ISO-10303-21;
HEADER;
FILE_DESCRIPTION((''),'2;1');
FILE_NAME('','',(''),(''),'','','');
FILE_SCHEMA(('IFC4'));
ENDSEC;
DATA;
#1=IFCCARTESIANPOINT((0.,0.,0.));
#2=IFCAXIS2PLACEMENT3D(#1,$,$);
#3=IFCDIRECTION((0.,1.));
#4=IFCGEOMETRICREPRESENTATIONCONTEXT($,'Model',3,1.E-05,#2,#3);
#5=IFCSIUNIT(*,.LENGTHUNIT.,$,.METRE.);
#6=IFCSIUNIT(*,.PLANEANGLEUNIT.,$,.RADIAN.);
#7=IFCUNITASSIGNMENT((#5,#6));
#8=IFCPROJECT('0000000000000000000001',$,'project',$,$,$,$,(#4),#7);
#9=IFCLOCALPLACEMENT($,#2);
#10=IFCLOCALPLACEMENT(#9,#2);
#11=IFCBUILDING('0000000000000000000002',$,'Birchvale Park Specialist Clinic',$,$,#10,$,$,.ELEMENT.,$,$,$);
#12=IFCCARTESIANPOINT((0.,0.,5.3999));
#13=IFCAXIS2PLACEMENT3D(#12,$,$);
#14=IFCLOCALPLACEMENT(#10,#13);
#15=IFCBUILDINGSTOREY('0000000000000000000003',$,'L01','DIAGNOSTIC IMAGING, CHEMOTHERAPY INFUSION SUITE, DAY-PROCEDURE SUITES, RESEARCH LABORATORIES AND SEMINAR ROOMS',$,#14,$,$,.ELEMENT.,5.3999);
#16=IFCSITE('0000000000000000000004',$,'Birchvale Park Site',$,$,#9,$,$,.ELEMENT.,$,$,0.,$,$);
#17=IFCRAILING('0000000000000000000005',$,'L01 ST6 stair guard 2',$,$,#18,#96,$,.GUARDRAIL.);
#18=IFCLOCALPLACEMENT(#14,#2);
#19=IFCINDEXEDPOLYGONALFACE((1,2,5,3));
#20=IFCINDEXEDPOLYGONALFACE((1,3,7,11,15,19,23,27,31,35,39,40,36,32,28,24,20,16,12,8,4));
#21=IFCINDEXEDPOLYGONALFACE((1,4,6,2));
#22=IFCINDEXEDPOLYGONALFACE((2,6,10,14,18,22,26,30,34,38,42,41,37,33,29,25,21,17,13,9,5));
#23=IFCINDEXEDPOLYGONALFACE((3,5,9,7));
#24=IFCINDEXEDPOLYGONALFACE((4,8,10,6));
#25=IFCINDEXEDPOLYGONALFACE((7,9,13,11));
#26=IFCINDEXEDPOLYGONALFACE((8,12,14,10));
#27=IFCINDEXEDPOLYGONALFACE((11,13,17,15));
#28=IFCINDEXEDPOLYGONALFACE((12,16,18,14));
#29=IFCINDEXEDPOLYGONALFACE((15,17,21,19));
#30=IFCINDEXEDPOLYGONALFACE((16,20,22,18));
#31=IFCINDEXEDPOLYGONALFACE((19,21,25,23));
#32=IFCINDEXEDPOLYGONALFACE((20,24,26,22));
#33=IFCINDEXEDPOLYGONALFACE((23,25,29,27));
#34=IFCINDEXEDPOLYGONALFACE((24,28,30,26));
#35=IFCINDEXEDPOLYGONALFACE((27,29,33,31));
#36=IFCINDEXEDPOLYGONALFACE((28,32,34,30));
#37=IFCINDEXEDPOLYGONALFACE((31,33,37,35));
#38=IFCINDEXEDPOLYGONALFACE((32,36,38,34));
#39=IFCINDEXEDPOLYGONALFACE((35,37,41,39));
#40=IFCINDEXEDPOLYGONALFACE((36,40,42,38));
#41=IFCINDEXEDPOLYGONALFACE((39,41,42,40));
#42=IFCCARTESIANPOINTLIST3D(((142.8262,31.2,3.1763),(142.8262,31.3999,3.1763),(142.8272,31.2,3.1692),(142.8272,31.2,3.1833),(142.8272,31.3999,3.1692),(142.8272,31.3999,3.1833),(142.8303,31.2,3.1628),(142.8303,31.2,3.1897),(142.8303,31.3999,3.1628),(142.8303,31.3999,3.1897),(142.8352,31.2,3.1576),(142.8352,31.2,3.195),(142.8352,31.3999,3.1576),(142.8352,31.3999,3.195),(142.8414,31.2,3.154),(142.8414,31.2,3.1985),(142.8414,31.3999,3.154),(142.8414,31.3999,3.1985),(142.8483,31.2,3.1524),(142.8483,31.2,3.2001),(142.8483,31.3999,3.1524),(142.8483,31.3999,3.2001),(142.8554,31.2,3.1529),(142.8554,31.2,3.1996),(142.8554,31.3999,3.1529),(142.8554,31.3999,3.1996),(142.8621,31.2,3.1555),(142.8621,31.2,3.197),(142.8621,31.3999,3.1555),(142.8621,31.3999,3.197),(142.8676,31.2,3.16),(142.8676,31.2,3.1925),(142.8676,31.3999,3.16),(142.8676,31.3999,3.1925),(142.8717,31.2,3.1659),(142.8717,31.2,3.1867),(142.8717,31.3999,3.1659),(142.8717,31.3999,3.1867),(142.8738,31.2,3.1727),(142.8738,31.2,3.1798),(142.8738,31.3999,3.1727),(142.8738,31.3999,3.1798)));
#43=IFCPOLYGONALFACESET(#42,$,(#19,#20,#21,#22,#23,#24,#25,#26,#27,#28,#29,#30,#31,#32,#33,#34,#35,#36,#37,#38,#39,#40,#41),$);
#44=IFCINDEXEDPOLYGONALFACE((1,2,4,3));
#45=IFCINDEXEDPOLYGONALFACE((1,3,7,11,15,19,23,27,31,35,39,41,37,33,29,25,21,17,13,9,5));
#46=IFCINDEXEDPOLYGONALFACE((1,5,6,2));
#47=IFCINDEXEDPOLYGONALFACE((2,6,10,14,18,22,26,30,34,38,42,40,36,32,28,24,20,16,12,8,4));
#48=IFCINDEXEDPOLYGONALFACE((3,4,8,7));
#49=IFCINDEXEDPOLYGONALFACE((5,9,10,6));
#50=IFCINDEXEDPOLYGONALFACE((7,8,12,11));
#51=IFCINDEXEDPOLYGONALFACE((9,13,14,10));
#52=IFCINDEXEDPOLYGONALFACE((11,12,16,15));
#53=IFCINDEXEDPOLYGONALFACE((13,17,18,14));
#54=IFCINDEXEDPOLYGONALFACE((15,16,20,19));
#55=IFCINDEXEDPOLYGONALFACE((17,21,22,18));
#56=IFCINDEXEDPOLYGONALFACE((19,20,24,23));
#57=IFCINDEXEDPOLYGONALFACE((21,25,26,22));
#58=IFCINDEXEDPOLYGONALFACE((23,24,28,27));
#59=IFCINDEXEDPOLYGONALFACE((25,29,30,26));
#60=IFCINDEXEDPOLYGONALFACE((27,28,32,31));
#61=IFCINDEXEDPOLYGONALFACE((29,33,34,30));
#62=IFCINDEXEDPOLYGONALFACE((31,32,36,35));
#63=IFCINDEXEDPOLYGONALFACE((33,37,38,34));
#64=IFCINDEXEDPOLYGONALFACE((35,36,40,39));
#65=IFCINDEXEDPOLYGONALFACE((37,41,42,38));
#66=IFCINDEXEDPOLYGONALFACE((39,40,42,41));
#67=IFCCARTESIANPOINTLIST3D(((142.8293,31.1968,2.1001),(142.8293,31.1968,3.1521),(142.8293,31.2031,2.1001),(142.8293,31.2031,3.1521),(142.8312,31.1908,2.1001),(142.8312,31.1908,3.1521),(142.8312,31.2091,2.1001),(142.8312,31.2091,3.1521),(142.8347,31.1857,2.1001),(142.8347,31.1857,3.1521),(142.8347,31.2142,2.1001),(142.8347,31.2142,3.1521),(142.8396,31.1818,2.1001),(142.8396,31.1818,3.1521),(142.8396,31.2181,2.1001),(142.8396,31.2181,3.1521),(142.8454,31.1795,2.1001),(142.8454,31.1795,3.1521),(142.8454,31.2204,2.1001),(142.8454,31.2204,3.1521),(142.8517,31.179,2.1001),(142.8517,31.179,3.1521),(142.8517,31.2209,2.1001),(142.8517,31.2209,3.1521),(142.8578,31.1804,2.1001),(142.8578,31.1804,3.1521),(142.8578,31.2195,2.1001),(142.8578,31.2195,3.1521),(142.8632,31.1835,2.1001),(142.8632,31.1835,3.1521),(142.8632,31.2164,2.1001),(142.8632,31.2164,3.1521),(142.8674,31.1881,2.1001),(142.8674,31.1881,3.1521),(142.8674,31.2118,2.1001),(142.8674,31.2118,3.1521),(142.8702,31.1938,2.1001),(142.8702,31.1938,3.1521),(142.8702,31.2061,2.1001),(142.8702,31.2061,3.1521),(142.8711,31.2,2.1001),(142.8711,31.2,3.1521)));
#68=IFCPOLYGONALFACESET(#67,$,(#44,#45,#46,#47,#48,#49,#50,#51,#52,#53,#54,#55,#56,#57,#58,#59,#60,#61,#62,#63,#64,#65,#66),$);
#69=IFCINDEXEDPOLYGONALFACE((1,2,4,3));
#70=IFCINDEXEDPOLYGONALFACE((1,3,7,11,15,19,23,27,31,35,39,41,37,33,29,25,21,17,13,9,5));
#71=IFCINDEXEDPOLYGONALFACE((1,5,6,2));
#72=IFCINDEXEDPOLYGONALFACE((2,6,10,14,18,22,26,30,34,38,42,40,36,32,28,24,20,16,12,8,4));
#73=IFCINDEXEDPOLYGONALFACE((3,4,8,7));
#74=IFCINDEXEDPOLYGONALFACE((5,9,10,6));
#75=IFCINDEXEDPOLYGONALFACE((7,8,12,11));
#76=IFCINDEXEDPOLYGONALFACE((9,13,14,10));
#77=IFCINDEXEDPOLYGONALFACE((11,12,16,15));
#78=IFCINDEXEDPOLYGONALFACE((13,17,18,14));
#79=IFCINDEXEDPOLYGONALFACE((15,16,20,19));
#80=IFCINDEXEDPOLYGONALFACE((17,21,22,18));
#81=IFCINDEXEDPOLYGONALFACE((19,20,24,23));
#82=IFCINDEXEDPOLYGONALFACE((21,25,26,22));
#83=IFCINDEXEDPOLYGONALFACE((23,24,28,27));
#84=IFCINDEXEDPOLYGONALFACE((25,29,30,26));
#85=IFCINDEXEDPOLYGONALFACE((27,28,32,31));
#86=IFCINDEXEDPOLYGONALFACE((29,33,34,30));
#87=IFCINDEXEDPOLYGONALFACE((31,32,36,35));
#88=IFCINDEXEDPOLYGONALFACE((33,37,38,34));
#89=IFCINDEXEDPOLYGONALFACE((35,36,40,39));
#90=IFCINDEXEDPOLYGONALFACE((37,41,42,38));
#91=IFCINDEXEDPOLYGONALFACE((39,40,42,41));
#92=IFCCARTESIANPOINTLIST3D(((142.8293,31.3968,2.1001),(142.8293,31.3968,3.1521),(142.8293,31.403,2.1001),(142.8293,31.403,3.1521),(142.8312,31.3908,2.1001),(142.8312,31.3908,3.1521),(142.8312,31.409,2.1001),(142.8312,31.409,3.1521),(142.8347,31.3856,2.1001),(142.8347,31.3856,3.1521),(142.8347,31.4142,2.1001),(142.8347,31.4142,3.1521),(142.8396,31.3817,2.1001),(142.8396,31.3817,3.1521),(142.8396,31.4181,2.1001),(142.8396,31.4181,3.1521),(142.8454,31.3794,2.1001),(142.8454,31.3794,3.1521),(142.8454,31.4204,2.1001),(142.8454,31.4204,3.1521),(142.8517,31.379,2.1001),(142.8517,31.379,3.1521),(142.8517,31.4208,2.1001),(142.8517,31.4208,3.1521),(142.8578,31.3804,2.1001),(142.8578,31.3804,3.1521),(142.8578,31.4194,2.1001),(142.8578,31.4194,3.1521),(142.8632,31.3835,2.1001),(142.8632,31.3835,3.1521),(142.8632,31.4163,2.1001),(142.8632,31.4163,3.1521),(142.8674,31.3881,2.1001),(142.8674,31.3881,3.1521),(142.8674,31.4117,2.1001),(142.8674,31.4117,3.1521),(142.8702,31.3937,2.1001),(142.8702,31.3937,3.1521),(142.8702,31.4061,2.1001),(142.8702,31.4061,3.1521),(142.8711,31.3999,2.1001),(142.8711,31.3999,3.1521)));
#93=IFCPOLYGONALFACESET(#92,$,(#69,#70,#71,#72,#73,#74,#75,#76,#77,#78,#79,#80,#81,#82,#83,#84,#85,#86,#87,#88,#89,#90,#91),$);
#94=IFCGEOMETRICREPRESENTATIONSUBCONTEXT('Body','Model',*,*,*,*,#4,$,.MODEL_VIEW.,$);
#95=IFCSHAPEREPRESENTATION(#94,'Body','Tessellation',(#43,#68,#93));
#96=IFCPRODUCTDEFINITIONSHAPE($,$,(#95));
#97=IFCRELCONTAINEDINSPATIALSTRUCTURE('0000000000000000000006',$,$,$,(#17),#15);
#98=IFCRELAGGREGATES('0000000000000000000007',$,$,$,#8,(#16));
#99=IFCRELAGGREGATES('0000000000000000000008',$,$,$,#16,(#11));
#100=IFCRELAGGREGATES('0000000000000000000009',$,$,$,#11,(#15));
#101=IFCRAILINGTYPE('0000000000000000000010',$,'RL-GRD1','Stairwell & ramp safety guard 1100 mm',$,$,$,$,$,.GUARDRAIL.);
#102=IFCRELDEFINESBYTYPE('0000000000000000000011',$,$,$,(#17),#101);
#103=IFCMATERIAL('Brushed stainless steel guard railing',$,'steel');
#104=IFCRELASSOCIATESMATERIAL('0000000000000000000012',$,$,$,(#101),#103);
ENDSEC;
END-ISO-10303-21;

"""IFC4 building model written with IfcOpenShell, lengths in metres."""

from ifc_helpers import new_model, si_unit, direction, frame, origin, origin_2d, place, context, subcontext, project, spatial, circle, extrude, material, type_object, element, save


model = new_model("IFC4")

# Units and contexts
model_context = context("Model", 3, precision=1e-05, world=origin(), true_north=direction((0.0, 1.0)))
body_context = subcontext(model_context, "Body", "Model", "MODEL_VIEW")
ifc_project = project(units=[si_unit("LENGTHUNIT", "METRE"), si_unit("PLANEANGLEUNIT", "RADIAN")], contexts=[model_context])

# Site, building, storey
site_placement = place(None, origin())
site = spatial("IfcSite", under=ifc_project, at=site_placement, Name="Birchvale Park Site", CompositionType="ELEMENT", RefElevation=0.0)
building_placement = place(site_placement, origin())
building = spatial("IfcBuilding", under=site, at=building_placement, Name="Birchvale Park Specialist Clinic", CompositionType="ELEMENT")
storey_placement = place(building_placement, frame((0.0, 0.0, 5.3999)))
storey = spatial("IfcBuildingStorey", under=building, at=storey_placement, Name="L01", Description="DIAGNOSTIC IMAGING, CHEMOTHERAPY INFUSION SUITE, DAY-PROCEDURE SUITES, RESEARCH LABORATORIES AND SEMINAR ROOMS", CompositionType="ELEMENT", Elevation=5.3999)

# Railing
ifc_material_1 = material(Name="Brushed stainless steel guard railing", Category="steel")
railing_type_1 = type_object("IfcRailingType", Name="RL-GRD1", Description="Stairwell & ramp safety guard 1100 mm", PredefinedType="GUARDRAIL", material=ifc_material_1)
railing_1_placement = place(storey_placement, frame((142.8501, 31.2, 2.1001)))
element("IfcRailing", 1, at=railing_1_placement, inside=storey, type_object=railing_type_1, Name="L01 ST6 stair guard 2", PredefinedType="GUARDRAIL", context=body_context, shape_type="SweptSolid", body=[
    extrude(circle(Radius=0.0239, at=origin_2d()), frame((0.0, 0.0, 1.0762), z_axis=(0.0, 1.0, 0.0), x_axis=(-1.0, 0.0, 0.0)), (0.0, 0.0, 1.0), 0.2),
    extrude(circle(Radius=0.021, at=origin_2d()), origin(), (0.0, 0.0, 1.0), 1.052),
    extrude(circle(Radius=0.021, at=origin_2d()), frame((0.0, 0.2, 0.0)), (0.0, 0.0, 1.0), 1.052),
])

save(model, "model.ifc")
